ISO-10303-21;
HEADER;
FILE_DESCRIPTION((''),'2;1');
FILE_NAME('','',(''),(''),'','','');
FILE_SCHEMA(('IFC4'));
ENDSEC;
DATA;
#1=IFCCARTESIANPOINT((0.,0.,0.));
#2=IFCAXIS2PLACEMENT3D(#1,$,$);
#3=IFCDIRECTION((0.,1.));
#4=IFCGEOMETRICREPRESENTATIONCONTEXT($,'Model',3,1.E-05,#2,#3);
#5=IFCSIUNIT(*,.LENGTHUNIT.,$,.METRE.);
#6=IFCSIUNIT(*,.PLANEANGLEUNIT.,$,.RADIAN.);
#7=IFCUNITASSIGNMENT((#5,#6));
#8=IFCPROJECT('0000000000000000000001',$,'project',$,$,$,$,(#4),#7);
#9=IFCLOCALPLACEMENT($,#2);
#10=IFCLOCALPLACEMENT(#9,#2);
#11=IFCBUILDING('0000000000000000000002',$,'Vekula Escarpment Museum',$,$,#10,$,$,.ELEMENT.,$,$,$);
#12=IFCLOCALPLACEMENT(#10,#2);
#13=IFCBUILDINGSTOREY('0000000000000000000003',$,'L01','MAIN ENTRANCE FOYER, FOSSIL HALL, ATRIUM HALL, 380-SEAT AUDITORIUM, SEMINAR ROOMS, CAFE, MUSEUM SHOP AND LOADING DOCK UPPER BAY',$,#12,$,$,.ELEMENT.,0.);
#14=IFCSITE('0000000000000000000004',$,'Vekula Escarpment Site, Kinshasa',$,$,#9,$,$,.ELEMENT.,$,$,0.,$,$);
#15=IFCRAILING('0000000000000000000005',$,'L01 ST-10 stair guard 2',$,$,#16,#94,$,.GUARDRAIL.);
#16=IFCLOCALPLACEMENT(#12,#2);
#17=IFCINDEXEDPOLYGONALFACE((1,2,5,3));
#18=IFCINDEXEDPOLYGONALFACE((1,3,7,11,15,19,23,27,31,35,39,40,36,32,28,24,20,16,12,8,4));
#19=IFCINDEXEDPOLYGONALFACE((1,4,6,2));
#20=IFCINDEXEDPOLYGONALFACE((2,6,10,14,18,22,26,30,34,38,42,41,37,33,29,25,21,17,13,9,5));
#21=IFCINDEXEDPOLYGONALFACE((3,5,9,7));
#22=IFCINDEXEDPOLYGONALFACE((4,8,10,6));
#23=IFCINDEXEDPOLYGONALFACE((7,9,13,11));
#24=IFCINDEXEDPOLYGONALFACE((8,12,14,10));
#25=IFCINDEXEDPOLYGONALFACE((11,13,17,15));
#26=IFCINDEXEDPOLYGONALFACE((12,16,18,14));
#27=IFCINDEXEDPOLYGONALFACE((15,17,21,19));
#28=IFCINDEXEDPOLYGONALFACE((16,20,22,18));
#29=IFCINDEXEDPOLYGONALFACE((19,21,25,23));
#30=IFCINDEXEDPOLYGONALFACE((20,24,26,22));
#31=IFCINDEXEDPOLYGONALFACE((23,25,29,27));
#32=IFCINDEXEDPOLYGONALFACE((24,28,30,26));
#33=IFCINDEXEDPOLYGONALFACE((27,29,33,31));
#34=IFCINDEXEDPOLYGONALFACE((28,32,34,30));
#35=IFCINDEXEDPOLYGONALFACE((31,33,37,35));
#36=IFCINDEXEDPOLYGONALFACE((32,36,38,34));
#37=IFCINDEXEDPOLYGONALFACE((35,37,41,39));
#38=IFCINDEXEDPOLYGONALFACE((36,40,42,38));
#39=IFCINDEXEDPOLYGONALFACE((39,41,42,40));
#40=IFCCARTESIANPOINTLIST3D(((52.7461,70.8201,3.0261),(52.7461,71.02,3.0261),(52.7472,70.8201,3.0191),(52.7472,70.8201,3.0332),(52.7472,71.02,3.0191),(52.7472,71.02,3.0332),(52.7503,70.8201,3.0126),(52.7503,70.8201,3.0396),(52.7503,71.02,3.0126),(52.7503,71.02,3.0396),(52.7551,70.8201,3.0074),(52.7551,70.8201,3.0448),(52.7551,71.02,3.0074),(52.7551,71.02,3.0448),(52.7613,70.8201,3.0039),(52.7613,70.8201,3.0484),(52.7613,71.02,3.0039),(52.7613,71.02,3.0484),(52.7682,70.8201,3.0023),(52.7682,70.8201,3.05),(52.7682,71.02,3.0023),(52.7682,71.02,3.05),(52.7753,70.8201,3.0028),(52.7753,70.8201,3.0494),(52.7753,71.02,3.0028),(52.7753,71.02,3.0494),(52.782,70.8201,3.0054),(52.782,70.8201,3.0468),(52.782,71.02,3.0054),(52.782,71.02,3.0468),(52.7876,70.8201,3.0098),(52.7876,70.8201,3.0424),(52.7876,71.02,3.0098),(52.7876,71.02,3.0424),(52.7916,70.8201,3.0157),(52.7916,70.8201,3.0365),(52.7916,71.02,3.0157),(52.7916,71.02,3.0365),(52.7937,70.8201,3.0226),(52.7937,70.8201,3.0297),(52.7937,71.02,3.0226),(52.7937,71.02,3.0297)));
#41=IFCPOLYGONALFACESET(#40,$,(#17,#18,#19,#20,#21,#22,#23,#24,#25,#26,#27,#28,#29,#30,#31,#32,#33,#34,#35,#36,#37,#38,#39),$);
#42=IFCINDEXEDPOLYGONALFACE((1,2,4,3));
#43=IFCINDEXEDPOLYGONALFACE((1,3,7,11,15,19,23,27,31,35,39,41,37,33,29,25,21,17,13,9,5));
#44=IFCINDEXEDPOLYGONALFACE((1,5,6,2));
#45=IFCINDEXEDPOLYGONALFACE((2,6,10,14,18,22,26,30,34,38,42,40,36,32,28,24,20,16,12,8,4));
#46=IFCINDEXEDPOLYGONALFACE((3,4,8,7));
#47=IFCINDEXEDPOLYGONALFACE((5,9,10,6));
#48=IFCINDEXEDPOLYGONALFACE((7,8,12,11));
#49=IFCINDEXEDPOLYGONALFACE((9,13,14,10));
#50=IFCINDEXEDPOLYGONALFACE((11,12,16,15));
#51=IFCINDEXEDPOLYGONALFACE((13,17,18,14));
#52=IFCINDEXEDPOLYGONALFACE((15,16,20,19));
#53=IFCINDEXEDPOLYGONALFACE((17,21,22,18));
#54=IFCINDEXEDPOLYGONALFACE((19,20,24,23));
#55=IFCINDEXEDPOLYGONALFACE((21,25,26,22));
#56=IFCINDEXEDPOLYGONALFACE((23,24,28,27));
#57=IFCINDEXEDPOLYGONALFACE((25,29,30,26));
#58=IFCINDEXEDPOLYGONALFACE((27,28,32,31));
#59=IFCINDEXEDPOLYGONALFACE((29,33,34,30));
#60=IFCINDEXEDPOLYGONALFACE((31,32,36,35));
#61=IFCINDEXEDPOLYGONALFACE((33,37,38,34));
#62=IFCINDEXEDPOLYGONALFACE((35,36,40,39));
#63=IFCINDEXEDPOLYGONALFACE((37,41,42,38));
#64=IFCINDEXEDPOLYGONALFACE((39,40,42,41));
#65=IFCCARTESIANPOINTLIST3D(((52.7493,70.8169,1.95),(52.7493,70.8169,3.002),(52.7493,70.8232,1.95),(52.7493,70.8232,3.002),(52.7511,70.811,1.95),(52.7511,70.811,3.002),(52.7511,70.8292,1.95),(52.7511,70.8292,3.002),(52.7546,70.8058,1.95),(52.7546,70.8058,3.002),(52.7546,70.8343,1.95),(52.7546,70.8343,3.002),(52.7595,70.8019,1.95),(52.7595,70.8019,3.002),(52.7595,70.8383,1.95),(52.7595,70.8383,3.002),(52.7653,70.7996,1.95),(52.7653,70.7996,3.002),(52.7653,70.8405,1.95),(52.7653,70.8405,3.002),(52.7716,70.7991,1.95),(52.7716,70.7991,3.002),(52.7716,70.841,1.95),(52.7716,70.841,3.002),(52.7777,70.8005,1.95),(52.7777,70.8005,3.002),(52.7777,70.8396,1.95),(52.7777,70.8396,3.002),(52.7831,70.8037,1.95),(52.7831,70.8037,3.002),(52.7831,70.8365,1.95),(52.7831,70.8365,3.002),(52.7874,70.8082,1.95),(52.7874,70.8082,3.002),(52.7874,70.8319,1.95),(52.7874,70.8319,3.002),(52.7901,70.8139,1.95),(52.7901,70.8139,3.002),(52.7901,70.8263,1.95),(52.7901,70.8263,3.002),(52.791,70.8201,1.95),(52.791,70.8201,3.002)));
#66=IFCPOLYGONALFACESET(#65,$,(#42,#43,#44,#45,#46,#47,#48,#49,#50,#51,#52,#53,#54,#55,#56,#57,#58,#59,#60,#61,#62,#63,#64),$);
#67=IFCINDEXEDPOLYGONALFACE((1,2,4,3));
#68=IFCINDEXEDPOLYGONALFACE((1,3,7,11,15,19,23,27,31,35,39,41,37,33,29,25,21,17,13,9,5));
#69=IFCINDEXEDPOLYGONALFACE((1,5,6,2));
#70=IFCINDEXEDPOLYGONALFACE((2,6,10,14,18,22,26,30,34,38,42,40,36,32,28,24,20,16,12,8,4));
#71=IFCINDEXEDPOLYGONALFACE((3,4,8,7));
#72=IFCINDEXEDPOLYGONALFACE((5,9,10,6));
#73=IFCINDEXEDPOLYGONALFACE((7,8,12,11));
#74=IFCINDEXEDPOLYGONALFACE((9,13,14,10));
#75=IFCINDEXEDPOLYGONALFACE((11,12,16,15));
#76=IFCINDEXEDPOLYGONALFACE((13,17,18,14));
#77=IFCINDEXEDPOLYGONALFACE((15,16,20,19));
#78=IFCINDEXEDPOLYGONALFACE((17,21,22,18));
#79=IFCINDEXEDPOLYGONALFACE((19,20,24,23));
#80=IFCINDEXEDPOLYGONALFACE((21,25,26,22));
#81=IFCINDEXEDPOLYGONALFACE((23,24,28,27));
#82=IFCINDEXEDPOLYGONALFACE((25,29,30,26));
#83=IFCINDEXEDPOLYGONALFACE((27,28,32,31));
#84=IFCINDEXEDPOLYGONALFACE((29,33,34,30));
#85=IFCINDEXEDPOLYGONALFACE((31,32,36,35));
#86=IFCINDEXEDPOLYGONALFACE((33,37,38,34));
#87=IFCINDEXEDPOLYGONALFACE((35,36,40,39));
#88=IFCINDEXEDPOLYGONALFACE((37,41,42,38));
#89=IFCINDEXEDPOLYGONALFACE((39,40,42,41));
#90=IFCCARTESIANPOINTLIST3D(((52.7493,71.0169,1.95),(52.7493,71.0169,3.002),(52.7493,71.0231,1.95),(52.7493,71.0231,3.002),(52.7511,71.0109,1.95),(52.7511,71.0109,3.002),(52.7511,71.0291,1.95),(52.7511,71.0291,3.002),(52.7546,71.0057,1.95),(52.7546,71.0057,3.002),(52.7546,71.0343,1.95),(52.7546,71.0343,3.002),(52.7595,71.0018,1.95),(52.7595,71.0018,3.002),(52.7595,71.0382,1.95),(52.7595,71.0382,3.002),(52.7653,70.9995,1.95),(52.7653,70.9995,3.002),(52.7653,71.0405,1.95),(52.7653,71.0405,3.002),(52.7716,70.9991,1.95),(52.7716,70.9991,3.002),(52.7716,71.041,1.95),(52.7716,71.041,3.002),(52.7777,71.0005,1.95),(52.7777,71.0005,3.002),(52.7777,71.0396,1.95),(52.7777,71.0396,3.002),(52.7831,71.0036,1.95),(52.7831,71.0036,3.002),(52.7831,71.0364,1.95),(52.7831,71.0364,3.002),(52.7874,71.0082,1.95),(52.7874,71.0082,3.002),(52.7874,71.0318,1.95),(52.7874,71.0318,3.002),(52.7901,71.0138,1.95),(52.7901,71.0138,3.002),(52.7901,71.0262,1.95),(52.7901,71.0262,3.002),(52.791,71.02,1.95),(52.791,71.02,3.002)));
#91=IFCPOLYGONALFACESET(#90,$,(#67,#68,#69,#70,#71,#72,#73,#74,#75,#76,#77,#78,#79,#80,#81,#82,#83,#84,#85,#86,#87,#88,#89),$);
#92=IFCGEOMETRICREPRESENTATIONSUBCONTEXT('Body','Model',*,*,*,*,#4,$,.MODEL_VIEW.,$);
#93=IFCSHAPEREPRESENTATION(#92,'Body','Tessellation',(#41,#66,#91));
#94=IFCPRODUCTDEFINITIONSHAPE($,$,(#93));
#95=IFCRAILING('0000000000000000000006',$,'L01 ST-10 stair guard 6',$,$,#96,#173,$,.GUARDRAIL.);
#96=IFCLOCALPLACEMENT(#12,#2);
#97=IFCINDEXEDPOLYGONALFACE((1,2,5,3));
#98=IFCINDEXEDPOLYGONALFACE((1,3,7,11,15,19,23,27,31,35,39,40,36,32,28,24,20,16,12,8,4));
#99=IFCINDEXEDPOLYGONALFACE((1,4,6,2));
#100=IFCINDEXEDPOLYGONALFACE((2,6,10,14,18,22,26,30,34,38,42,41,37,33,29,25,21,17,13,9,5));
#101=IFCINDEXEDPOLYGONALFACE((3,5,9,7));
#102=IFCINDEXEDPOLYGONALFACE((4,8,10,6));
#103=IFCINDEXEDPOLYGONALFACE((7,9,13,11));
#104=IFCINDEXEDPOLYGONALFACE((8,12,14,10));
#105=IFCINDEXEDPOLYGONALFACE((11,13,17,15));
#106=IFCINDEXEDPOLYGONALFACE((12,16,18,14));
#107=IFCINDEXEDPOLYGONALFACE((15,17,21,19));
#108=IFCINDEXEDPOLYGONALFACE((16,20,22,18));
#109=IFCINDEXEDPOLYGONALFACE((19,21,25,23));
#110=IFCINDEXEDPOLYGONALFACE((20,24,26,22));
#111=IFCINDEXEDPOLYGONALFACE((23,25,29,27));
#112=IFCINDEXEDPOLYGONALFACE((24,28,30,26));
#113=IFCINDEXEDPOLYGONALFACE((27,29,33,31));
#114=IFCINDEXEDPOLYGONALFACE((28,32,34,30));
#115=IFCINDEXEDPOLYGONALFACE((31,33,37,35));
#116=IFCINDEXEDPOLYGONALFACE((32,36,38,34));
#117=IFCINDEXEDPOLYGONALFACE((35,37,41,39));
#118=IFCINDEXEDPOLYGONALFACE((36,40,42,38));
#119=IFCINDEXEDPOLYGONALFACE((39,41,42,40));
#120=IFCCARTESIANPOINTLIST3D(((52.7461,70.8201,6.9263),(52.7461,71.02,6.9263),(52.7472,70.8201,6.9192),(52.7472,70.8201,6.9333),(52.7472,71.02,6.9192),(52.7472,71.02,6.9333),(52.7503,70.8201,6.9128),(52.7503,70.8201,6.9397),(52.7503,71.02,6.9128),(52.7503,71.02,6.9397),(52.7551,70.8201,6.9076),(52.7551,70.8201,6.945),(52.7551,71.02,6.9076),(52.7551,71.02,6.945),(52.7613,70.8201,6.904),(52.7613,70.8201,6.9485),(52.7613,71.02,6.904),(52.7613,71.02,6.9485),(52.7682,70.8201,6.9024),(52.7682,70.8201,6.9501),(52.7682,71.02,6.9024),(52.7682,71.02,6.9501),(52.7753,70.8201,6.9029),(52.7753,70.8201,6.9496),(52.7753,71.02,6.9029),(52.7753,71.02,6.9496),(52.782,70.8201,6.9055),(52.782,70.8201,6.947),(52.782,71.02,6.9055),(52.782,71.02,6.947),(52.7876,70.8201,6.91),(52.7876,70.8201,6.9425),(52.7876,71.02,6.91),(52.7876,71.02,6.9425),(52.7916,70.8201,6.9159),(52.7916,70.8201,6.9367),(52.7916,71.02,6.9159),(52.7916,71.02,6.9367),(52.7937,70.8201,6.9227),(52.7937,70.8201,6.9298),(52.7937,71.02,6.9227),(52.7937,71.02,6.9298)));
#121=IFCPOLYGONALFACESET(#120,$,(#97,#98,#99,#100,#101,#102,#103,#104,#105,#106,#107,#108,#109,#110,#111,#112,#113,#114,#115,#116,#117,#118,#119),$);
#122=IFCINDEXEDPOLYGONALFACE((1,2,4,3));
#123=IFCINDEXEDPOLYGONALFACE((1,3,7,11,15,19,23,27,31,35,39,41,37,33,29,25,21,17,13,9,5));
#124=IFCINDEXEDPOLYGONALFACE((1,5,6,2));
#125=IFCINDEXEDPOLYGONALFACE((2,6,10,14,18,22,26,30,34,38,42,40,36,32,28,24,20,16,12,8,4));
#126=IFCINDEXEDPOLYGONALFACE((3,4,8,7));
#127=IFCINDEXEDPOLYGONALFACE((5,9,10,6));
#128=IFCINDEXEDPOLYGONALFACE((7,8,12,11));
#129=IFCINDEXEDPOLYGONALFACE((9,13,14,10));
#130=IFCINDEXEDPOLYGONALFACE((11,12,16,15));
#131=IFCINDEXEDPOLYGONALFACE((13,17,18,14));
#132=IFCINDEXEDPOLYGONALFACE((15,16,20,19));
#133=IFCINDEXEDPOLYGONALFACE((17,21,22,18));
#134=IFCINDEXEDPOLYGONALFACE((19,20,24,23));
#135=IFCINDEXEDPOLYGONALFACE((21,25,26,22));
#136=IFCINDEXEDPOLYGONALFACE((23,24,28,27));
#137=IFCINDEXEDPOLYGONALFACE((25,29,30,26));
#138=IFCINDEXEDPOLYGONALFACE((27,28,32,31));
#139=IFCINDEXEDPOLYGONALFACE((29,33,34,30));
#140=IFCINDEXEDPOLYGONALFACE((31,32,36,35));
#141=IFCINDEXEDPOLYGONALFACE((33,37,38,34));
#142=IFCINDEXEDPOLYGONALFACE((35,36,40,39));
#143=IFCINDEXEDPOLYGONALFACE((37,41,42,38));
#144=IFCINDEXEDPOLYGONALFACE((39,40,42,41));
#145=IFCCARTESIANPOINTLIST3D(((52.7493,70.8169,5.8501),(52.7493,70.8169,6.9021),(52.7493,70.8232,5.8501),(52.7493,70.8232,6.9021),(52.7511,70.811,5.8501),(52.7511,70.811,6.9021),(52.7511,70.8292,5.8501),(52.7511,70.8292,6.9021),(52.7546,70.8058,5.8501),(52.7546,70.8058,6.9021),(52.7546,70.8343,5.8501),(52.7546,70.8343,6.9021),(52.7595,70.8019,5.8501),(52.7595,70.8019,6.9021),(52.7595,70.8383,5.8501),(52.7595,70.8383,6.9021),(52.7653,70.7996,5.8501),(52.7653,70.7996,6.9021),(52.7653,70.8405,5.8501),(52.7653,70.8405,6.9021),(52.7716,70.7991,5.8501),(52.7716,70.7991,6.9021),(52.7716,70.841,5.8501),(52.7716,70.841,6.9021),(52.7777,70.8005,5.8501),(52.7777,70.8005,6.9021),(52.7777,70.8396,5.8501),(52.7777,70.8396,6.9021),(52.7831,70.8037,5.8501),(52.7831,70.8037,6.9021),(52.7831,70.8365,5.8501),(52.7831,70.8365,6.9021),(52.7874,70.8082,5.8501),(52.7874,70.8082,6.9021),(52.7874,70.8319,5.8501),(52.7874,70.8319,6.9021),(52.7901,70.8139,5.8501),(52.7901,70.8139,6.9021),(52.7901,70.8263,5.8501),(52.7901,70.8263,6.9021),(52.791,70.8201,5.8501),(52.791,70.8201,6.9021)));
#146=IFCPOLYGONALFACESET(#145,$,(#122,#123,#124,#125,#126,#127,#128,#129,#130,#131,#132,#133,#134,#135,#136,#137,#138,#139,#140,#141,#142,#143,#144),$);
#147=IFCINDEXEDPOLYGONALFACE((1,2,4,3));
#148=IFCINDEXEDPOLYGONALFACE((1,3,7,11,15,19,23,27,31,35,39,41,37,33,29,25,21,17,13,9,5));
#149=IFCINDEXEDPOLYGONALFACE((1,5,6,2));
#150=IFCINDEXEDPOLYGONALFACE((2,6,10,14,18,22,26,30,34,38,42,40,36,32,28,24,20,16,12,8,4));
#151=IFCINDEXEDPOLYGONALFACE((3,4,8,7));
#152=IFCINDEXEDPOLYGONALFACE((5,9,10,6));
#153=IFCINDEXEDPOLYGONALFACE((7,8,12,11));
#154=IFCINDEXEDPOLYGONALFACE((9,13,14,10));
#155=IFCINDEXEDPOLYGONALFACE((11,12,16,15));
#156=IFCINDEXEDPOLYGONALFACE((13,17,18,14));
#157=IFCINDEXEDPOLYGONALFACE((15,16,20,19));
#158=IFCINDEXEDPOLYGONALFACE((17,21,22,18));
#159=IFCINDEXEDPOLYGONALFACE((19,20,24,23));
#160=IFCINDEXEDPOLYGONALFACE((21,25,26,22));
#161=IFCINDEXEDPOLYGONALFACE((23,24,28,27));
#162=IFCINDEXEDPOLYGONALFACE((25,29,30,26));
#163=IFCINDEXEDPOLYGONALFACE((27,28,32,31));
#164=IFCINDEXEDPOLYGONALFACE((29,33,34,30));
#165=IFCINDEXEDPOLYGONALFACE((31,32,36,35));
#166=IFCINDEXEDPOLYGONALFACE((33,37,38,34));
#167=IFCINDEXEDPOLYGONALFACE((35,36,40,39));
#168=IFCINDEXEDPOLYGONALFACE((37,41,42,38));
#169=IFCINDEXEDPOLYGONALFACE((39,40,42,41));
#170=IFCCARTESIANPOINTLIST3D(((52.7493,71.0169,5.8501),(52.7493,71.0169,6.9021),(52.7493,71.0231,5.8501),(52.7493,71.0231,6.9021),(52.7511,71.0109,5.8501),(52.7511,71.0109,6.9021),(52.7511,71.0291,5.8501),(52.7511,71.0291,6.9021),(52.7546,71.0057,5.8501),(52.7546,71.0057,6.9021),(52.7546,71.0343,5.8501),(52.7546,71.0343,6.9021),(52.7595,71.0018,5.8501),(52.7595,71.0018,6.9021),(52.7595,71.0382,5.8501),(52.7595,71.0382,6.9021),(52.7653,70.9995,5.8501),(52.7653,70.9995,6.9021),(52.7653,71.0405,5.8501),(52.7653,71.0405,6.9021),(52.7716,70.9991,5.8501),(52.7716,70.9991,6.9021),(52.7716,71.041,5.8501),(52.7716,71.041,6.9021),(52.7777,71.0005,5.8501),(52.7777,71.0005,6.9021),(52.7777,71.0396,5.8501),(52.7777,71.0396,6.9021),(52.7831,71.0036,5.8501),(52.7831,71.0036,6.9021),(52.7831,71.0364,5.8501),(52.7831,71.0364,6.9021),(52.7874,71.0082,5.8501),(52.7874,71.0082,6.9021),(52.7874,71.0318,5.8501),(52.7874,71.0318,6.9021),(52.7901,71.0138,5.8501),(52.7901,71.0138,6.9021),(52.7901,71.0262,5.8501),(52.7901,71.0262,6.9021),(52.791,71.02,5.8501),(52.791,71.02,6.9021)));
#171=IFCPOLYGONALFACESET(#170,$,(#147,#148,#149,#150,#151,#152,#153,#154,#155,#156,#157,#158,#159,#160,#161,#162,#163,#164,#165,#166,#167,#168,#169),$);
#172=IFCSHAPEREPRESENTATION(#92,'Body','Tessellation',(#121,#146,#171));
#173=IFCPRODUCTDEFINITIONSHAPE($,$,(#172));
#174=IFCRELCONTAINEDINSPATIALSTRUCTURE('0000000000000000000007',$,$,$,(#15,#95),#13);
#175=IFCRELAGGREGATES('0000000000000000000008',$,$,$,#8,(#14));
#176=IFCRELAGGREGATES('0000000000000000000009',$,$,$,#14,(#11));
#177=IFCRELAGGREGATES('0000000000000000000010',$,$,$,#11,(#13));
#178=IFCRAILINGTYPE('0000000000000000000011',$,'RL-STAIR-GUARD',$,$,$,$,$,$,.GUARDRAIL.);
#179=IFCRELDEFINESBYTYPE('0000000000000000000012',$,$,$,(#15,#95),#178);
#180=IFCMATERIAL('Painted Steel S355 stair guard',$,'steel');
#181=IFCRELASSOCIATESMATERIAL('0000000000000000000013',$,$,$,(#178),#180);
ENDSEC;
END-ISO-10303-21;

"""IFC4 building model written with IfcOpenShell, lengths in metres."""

from ifc_helpers import new_model, si_unit, direction, frame, origin, origin_2d, place, context, subcontext, project, spatial, circle, extrude, material, type_object, element, save


model = new_model("IFC4")

# Units and contexts
model_context = context("Model", 3, precision=1e-05, world=origin(), true_north=direction((0.0, 1.0)))
body_context = subcontext(model_context, "Body", "Model", "MODEL_VIEW")
ifc_project = project(units=[si_unit("LENGTHUNIT", "METRE"), si_unit("PLANEANGLEUNIT", "RADIAN")], contexts=[model_context])

# Site, building, storey
site_placement = place(None, origin())
site = spatial("IfcSite", under=ifc_project, at=site_placement, Name="Vekula Escarpment Site, Kinshasa", CompositionType="ELEMENT", RefElevation=0.0)
building_placement = place(site_placement, origin())
building = spatial("IfcBuilding", under=site, at=building_placement, Name="Vekula Escarpment Museum", CompositionType="ELEMENT")
storey_placement = place(building_placement, origin())
storey = spatial("IfcBuildingStorey", under=building, at=storey_placement, Name="L01", Description="MAIN ENTRANCE FOYER, FOSSIL HALL, ATRIUM HALL, 380-SEAT AUDITORIUM, SEMINAR ROOMS, CAFE, MUSEUM SHOP AND LOADING DOCK UPPER BAY", CompositionType="ELEMENT", Elevation=0.0)

# Railings
ifc_material_1 = material(Name="Painted Steel S355 stair guard", Category="steel")
railing_type_1 = type_object("IfcRailingType", Name="RL-STAIR-GUARD", PredefinedType="GUARDRAIL", material=ifc_material_1)
for number, where, name in (
    (1, (52.77, 70.8201, 1.95), "L01 ST-10 stair guard 2"),
    (2, (52.77, 70.8201, 5.8501), "L01 ST-10 stair guard 6"),
):
    element("IfcRailing", number, at=place(storey_placement, frame(where)), inside=storey, type_object=railing_type_1, Name=name, PredefinedType="GUARDRAIL", context=body_context, shape_type="SweptSolid", body=[
        extrude(circle(Radius=0.0239, at=origin_2d()), frame((0.0, 0.0, 1.0762), z_axis=(0.0, 1.0, 0.0), x_axis=(-1.0, 0.0, 0.0)), (0.0, 0.0, 1.0), 0.2),
        extrude(circle(Radius=0.021, at=origin_2d()), origin(), (0.0, 0.0, 1.0), 1.052),
        extrude(circle(Radius=0.021, at=origin_2d()), frame((0.0, 0.2, 0.0)), (0.0, 0.0, 1.0), 1.052),
    ])

save(model, "model.ifc")
